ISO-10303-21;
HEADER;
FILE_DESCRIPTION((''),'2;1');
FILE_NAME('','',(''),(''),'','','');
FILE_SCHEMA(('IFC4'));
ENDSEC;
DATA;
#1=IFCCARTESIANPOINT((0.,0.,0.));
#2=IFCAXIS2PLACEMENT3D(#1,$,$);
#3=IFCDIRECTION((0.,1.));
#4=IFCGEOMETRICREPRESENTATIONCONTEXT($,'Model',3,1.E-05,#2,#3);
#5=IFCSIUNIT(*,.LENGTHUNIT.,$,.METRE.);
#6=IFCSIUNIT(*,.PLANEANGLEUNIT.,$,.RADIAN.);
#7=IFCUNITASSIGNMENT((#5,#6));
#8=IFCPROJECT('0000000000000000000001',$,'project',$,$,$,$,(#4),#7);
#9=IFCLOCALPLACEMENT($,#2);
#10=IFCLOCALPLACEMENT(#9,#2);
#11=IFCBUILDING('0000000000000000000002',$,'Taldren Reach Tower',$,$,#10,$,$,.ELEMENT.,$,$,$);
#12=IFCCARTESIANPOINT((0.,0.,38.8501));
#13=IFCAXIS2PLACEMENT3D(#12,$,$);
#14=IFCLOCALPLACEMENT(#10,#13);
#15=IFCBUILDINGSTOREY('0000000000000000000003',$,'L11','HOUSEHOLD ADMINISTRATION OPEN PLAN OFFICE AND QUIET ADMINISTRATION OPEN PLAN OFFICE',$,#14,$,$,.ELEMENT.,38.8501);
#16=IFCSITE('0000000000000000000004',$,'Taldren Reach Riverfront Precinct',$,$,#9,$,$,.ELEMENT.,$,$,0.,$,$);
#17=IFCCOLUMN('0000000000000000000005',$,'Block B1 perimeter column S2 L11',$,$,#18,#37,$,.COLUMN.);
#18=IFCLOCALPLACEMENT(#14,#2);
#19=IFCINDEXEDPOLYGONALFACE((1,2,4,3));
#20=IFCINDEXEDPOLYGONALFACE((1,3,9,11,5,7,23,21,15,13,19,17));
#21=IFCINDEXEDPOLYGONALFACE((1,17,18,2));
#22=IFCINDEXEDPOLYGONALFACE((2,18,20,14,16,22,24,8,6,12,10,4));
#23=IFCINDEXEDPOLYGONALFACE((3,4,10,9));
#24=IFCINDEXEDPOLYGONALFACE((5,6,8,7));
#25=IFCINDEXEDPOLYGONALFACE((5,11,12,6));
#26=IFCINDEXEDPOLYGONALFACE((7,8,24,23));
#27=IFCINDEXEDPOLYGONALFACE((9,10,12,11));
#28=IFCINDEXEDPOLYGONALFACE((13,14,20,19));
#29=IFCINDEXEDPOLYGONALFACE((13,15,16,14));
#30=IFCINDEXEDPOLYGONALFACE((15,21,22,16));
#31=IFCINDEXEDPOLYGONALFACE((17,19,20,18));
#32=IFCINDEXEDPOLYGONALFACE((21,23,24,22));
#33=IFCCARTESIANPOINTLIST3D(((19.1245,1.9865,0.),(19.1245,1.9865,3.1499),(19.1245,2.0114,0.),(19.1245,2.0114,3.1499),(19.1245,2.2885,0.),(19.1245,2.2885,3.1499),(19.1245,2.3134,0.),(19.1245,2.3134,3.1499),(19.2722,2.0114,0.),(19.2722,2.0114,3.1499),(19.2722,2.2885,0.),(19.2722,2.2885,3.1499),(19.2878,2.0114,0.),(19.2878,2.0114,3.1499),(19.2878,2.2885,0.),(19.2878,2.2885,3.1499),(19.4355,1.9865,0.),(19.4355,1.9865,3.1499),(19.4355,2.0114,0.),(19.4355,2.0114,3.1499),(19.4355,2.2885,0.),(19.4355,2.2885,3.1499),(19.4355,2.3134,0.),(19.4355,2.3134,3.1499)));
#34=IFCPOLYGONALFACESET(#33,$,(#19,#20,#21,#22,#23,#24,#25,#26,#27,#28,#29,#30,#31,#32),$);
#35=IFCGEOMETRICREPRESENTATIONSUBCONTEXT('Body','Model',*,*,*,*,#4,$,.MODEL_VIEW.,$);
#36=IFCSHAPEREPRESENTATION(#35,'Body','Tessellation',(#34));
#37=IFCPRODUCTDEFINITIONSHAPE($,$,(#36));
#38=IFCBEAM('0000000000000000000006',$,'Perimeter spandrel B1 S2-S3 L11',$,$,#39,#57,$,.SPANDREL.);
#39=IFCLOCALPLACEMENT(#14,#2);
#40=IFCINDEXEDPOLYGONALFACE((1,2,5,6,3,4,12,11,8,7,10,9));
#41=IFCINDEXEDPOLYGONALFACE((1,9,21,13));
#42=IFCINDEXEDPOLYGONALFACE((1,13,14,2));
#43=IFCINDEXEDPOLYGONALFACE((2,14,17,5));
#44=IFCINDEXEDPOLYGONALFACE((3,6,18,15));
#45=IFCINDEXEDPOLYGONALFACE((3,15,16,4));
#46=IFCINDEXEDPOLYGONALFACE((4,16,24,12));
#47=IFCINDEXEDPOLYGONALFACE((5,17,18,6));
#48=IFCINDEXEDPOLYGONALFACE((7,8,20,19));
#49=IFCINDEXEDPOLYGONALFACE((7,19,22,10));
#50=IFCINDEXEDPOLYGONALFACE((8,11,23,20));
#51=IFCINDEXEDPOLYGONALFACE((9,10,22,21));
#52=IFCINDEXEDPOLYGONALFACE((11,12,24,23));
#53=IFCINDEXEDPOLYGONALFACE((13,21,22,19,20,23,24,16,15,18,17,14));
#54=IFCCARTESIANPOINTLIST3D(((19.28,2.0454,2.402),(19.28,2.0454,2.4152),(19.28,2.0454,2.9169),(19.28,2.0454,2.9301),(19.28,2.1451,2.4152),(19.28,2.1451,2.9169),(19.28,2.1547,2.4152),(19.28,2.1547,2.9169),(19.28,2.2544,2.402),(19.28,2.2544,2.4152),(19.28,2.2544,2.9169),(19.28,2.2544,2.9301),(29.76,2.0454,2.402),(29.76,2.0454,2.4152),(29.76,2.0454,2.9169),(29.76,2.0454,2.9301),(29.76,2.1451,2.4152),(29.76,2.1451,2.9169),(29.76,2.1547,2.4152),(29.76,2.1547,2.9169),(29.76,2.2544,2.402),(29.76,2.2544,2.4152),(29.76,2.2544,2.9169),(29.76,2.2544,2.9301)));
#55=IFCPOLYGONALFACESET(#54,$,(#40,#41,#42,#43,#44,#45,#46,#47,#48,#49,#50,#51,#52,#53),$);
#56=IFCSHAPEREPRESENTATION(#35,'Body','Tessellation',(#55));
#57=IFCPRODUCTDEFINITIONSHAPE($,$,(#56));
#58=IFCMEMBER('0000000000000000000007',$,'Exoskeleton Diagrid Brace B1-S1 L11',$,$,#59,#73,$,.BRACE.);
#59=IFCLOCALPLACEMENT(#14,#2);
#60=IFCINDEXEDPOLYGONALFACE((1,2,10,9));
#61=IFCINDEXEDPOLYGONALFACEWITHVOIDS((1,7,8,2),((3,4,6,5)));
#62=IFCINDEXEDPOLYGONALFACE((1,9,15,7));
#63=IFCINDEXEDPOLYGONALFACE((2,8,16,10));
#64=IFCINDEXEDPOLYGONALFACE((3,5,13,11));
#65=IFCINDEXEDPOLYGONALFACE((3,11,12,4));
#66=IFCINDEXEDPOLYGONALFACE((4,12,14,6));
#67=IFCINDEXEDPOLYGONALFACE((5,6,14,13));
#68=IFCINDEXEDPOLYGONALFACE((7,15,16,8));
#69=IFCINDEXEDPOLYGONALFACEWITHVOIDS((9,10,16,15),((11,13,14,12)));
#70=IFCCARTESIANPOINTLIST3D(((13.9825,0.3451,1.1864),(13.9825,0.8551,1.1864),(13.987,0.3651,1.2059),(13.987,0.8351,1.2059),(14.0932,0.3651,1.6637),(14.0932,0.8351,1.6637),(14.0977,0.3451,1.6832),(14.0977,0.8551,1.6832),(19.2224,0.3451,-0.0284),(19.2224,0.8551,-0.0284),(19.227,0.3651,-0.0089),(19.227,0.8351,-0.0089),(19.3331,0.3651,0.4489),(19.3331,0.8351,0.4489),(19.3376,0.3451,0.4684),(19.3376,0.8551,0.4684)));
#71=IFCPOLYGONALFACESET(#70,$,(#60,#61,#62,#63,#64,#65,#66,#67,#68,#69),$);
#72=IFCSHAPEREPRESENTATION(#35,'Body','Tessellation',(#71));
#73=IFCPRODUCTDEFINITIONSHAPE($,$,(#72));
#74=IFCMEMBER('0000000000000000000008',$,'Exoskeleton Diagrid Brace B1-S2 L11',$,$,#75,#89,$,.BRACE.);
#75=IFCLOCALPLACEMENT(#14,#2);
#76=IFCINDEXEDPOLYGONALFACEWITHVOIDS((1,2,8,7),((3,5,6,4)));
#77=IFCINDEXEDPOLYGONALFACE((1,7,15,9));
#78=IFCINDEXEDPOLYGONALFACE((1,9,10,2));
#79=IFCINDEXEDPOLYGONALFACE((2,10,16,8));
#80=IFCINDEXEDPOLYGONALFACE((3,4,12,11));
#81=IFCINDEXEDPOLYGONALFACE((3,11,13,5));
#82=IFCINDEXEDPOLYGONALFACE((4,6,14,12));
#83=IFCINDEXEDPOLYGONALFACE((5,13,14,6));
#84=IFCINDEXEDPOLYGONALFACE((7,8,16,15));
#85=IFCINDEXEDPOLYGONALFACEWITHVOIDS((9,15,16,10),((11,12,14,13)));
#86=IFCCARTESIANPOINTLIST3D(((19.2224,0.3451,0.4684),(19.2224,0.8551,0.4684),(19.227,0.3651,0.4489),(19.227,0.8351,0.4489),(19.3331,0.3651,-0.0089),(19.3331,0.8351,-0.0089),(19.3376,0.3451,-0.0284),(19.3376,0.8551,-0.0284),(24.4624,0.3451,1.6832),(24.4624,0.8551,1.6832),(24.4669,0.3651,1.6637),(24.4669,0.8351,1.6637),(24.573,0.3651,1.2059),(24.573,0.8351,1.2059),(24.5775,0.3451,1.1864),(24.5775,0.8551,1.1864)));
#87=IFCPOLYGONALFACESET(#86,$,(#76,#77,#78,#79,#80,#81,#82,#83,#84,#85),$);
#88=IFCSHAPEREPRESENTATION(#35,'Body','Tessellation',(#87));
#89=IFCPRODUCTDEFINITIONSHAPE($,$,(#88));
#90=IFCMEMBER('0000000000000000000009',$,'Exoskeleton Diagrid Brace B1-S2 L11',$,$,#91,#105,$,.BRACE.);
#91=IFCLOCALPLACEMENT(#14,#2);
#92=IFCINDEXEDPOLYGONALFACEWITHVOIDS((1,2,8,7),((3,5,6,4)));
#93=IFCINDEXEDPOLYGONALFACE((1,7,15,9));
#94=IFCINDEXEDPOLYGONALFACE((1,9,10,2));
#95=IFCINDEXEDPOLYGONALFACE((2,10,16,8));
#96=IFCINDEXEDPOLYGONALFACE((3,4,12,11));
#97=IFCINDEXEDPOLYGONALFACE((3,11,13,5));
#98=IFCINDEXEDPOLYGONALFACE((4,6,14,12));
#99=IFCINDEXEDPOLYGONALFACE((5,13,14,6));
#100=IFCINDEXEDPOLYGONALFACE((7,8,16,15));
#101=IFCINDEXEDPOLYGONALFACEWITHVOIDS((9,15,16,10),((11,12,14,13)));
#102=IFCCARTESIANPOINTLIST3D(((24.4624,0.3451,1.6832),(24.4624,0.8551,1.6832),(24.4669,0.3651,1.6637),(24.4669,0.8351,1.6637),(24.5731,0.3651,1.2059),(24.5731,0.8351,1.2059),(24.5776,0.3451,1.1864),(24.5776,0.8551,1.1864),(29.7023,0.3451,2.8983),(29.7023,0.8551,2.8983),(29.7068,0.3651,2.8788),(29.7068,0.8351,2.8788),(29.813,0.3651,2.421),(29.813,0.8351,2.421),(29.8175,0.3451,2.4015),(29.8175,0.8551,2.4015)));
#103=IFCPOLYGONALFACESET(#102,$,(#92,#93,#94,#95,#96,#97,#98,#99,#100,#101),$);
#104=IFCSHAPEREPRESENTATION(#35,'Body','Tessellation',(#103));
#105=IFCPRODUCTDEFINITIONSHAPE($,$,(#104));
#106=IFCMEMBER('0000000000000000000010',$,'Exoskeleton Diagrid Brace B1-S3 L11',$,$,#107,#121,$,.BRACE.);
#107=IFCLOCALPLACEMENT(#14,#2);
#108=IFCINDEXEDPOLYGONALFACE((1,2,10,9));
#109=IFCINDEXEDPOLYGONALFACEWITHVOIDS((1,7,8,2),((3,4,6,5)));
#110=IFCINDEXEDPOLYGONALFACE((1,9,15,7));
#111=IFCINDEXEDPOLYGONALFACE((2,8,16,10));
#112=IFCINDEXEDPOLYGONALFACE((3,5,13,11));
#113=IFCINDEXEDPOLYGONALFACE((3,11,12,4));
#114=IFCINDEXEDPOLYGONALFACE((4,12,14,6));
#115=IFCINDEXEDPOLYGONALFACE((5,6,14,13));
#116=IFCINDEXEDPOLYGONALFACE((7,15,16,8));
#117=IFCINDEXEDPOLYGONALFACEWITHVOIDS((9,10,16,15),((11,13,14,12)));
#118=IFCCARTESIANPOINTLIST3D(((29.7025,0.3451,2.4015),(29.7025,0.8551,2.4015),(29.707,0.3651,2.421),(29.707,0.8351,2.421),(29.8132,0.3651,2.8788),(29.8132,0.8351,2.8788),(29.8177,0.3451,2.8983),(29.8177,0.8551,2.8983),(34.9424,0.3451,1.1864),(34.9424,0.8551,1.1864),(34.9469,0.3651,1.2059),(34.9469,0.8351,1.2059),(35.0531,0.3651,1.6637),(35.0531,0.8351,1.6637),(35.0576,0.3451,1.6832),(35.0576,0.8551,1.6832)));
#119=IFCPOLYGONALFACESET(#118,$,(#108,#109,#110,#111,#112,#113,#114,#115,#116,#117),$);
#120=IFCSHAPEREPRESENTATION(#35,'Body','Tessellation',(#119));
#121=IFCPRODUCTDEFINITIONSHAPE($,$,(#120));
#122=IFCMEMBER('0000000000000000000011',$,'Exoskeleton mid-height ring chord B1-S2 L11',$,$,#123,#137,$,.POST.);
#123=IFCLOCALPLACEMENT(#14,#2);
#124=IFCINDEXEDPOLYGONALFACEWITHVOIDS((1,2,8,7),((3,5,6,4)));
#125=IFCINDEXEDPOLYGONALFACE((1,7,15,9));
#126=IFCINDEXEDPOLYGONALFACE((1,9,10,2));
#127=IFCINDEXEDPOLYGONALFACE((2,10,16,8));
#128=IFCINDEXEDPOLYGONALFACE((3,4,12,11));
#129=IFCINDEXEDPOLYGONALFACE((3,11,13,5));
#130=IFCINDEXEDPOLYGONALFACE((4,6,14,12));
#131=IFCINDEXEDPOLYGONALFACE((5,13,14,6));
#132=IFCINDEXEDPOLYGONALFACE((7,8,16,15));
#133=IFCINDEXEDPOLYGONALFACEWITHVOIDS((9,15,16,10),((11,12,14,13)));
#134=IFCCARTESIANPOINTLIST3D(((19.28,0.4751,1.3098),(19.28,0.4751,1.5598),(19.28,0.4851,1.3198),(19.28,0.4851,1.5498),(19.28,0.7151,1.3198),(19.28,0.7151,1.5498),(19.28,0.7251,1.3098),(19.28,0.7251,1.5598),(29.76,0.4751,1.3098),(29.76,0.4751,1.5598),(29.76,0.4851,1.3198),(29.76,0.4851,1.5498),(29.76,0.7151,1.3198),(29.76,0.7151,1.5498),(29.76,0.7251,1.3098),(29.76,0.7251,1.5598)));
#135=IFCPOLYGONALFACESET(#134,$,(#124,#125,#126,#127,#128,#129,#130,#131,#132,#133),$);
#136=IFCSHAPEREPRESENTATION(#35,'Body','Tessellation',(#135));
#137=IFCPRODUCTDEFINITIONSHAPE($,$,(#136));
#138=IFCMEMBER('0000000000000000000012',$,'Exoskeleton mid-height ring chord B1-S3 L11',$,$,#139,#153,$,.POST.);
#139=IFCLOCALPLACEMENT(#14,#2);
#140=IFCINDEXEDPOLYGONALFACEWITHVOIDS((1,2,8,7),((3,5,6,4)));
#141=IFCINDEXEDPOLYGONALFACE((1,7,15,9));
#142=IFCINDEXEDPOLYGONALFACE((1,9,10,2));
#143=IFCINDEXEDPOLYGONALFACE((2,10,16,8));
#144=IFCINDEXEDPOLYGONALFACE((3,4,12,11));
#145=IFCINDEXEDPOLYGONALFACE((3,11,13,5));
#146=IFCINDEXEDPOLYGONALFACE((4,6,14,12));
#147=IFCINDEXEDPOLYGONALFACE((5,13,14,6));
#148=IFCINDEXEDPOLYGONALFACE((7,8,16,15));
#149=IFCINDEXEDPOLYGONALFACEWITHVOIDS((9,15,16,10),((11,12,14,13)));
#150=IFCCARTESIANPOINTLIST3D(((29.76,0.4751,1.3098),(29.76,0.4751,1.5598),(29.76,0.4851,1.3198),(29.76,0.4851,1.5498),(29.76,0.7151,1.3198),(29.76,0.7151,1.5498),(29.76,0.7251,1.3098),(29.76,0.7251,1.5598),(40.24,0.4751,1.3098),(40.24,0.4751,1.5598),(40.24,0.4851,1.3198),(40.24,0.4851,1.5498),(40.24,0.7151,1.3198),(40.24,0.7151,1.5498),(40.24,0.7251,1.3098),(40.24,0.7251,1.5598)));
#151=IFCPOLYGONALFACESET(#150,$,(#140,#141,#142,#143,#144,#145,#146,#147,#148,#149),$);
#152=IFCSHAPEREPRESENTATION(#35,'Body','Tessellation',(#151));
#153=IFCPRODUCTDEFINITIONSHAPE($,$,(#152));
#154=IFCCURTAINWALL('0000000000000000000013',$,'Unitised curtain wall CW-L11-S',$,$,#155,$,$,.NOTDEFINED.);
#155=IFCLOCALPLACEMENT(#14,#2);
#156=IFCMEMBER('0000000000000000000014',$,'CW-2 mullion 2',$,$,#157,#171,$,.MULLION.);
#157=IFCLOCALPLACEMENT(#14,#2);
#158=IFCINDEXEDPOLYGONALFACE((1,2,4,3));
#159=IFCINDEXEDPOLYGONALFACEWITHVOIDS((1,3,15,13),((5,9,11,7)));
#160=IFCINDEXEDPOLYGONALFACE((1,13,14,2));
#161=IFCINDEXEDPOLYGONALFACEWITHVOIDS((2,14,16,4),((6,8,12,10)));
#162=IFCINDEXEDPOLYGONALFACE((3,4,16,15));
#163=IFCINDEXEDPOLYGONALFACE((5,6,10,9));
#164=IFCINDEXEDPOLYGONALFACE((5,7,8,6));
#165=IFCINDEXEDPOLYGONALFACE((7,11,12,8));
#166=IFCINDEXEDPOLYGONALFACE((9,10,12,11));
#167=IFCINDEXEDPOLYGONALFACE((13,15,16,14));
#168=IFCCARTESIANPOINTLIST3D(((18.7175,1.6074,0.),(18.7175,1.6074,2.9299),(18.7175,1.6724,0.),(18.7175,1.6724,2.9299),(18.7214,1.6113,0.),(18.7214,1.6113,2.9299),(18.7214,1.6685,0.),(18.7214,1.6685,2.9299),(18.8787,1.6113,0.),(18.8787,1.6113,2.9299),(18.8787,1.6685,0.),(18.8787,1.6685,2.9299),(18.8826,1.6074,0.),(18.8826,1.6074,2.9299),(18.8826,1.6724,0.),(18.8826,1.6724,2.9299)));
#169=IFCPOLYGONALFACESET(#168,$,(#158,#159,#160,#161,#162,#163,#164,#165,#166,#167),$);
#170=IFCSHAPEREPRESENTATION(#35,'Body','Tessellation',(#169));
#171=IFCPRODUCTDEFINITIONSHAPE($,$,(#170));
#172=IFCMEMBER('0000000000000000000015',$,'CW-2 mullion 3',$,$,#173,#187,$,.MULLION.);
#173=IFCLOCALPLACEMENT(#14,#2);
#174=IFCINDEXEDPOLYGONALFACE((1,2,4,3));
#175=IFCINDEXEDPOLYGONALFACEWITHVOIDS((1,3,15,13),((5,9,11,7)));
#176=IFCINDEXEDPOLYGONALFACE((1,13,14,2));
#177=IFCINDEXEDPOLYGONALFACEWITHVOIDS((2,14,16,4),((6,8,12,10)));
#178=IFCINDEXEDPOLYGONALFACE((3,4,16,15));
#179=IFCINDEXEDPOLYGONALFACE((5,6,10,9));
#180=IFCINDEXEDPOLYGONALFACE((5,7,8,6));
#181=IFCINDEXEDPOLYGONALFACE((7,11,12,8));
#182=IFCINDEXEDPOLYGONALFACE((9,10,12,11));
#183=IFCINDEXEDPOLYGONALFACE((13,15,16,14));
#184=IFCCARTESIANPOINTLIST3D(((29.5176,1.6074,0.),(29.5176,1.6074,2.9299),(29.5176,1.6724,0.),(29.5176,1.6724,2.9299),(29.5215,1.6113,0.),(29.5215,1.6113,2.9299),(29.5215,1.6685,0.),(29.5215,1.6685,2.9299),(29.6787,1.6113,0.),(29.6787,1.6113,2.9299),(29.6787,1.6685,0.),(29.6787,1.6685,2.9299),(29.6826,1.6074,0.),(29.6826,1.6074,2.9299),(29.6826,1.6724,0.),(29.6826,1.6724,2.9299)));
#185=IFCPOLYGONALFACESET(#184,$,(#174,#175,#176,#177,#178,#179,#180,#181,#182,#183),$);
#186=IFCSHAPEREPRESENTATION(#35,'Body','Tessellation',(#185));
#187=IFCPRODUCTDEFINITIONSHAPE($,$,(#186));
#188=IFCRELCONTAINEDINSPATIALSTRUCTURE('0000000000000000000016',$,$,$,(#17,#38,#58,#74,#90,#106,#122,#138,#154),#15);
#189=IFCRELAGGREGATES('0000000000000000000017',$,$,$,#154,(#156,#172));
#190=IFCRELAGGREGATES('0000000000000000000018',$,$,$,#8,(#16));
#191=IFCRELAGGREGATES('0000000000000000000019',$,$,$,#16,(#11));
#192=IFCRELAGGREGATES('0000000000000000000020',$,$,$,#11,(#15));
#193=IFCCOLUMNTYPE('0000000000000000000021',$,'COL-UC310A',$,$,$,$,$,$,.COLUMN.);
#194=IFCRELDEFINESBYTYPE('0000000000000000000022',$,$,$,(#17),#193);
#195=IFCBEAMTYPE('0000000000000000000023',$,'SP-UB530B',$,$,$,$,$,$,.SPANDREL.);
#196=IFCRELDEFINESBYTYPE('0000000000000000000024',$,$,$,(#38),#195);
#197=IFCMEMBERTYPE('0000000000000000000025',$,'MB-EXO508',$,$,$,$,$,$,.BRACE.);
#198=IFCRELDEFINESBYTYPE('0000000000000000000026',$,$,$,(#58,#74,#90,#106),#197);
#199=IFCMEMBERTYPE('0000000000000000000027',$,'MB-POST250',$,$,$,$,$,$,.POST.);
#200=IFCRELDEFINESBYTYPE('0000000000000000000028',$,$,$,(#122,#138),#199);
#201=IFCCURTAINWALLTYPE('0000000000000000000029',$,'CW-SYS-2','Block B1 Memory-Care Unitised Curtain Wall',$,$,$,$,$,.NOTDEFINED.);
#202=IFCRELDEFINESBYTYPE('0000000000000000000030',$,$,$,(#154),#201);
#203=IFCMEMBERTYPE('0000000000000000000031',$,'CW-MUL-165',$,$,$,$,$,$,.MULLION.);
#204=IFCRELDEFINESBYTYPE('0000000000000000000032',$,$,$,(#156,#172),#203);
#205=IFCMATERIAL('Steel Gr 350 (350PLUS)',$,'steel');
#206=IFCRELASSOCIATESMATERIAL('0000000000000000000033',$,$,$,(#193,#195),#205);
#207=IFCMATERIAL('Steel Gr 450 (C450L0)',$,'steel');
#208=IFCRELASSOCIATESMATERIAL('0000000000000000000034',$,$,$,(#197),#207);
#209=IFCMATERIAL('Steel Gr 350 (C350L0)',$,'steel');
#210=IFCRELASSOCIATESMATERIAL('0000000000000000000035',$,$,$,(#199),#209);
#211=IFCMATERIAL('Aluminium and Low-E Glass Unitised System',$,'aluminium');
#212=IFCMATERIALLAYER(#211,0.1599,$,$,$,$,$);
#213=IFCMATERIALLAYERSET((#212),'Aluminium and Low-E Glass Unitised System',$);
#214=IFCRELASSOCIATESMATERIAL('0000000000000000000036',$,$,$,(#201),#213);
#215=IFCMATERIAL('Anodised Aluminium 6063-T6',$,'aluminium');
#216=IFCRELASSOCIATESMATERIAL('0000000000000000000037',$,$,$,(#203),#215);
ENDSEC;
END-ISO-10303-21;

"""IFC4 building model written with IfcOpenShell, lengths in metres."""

from ifc_helpers import new_model, si_unit, direction, frame, origin, origin_2d, place, context, subcontext, project, spatial, hollow_rectangle, i_section, extrude, source, transform, mapped, material, layer, layer_set, material_profile, profile_set, type_object, element, aggregate, save


model = new_model("IFC4")

# Units and contexts
model_context = context("Model", 3, precision=1e-05, world=origin(), true_north=direction((0.0, 1.0)))
body_context = subcontext(model_context, "Body", "Model", "MODEL_VIEW")
ifc_project = project(units=[si_unit("LENGTHUNIT", "METRE"), si_unit("PLANEANGLEUNIT", "RADIAN")], contexts=[model_context])

# Site, building, storey
site_placement = place(None, origin())
site = spatial("IfcSite", under=ifc_project, at=site_placement, Name="Taldren Reach Riverfront Precinct", CompositionType="ELEMENT", RefElevation=0.0)
building_placement = place(site_placement, origin())
building = spatial("IfcBuilding", under=site, at=building_placement, Name="Taldren Reach Tower", CompositionType="ELEMENT")
storey_placement = place(building_placement, frame((0.0, 0.0, 38.8501)))
storey = spatial("IfcBuildingStorey", under=building, at=storey_placement, Name="L11", Description="HOUSEHOLD ADMINISTRATION OPEN PLAN OFFICE AND QUIET ADMINISTRATION OPEN PLAN OFFICE", CompositionType="ELEMENT", Elevation=38.8501)

# Column
ifc_material_1 = material(Name="Steel Gr 350 (350PLUS)", Category="steel")
ifc_material_profile_1 = material_profile(ifc_material_1, i_section(OverallWidth=0.311, OverallDepth=0.3269, WebThickness=0.0156, FlangeThickness=0.0249, at=origin_2d()), Name="310UC158")
ifc_profile_set_1 = profile_set([ifc_material_profile_1], Name="Steel Gr 350 (350PLUS)")
column_type = type_object("IfcColumnType", Name="COL-UC310A", PredefinedType="COLUMN", material=ifc_profile_set_1)
shared_shape_1 = source(origin(), body_context, "Body", "SweptSolid", [
    extrude(i_section(OverallWidth=0.311, OverallDepth=0.3269, WebThickness=0.0156, FlangeThickness=0.0249, at=origin_2d()), origin(), (0.0, 0.0, 1.0), 3.1499),
])
column_placement = place(storey_placement, frame((19.28, 2.1499, 0.0), z_axis=(0.0, 0.0, 1.0), x_axis=(1.0, 0.0, 0.0)))
element("IfcColumn", 1, at=column_placement, inside=storey, type_object=column_type, Name="Block B1 perimeter column S2 L11", PredefinedType="COLUMN", context=body_context, shape_type="MappedRepresentation", body=[
    mapped(shared_shape_1, transform((0.0, 0.0, 0.0), scale=1.0)),
])

# Beam
ifc_material_profile_2 = material_profile(ifc_material_1, i_section(OverallWidth=0.209, OverallDepth=0.5281, WebThickness=0.0095, FlangeThickness=0.0132, at=origin_2d()), Name="530UB82.0")
ifc_profile_set_2 = profile_set([ifc_material_profile_2], Name="Steel Gr 350 (350PLUS)")
beam_type = type_object("IfcBeamType", Name="SP-UB530B", PredefinedType="SPANDREL", material=ifc_profile_set_2)
shared_shape_2 = source(origin(), body_context, "Body", "SweptSolid", [
    extrude(i_section(OverallWidth=0.209, OverallDepth=0.5281, WebThickness=0.0095, FlangeThickness=0.0132, at=origin_2d()), origin(), (0.0, 0.0, 1.0), 10.48),
])
beam_placement = place(storey_placement, frame((19.28, 2.1499, 2.666), z_axis=(1.0, 0.0, 0.0), x_axis=(0.0, 1.0, 0.0)))
element("IfcBeam", 2, at=beam_placement, inside=storey, type_object=beam_type, Name="Perimeter spandrel B1 S2-S3 L11", PredefinedType="SPANDREL", context=body_context, shape_type="MappedRepresentation", body=[
    mapped(shared_shape_2, transform((0.0, 0.0, 0.0), scale=1.0)),
])

# Members
ifc_material_2 = material(Name="Steel Gr 450 (C450L0)", Category="steel")
ifc_material_profile_3 = material_profile(ifc_material_2, hollow_rectangle(XDim=0.51, YDim=0.51, WallThickness=0.02, at=origin_2d()), Name="510x510x20.0SHS")
ifc_profile_set_3 = profile_set([ifc_material_profile_3], Name="Steel Gr 450 (C450L0)")
member_type_1 = type_object("IfcMemberType", Name="MB-EXO508", PredefinedType="BRACE", material=ifc_profile_set_3)
shared_shape_3 = source(origin(), body_context, "Body", "SweptSolid", [
    extrude(hollow_rectangle(XDim=0.51, YDim=0.51, WallThickness=0.02, at=origin_2d()), origin(), (0.0, 0.0, 1.0), 5.3789),
])
for number, where, z_axis, x_axis, name in (
    (3, (19.28, 0.6001, 0.22), (-0.974162, 0.0, 0.225851), (0.0, -1.0, 0.0), "Exoskeleton Diagrid Brace B1-S1 L11"),
    (4, (19.28, 0.6001, 0.22), (0.974162, 0.0, 0.225851), (0.0, 1.0, 0.0), "Exoskeleton Diagrid Brace B1-S2 L11"),
    (5, (24.52, 0.6001, 1.4348), (0.974152, 0.0, 0.225894), (0.0, 1.0, 0.0), "Exoskeleton Diagrid Brace B1-S2 L11"),
    (6, (35.0, 0.6001, 1.4348), (-0.974152, 0.0, 0.225894), (0.0, -1.0, 0.0), "Exoskeleton Diagrid Brace B1-S3 L11"),
):
    element("IfcMember", number, at=place(storey_placement, frame(where, z_axis=z_axis, x_axis=x_axis)), inside=storey, type_object=member_type_1, Name=name, PredefinedType="BRACE", context=body_context, shape_type="MappedRepresentation", body=[
        mapped(shared_shape_3, transform((0.0, 0.0, 0.0), scale=1.0)),
    ])
ifc_material_3 = material(Name="Steel Gr 350 (C350L0)", Category="steel")
ifc_material_profile_4 = material_profile(ifc_material_3, hollow_rectangle(XDim=0.25, YDim=0.25, WallThickness=0.01, at=origin_2d()), Name="250x250x10.0SHS")
ifc_profile_set_4 = profile_set([ifc_material_profile_4], Name="Steel Gr 350 (C350L0)")
member_type_2 = type_object("IfcMemberType", Name="MB-POST250", PredefinedType="POST", material=ifc_profile_set_4)
shared_shape_4 = source(origin(), body_context, "Body", "SweptSolid", [
    extrude(hollow_rectangle(XDim=0.25, YDim=0.25, WallThickness=0.01, at=origin_2d()), origin(), (0.0, 0.0, 1.0), 10.48),
])
for number, where, z_axis, x_axis, name in (
    (7, (19.28, 0.6001, 1.4348), (1.0, 0.0, 0.0), (0.0, 1.0, 0.0), "Exoskeleton mid-height ring chord B1-S2 L11"),
    (8, (29.76, 0.6001, 1.4348), (1.0, 0.0, 0.0), (0.0, 1.0, 0.0), "Exoskeleton mid-height ring chord B1-S3 L11"),
):
    element("IfcMember", number, at=place(storey_placement, frame(where, z_axis=z_axis, x_axis=x_axis)), inside=storey, type_object=member_type_2, Name=name, PredefinedType="POST", context=body_context, shape_type="MappedRepresentation", body=[
        mapped(shared_shape_4, transform((0.0, 0.0, 0.0), scale=1.0)),
    ])

# Curtain wall, members
ifc_material_4 = material(Name="Aluminium and Low-E Glass Unitised System", Category="aluminium")
ifc_layer_1 = layer(ifc_material_4, 0.1599)
ifc_layer_set_1 = layer_set([ifc_layer_1], Name="Aluminium and Low-E Glass Unitised System")
curtain_wall_type = type_object("IfcCurtainWallType", Name="CW-SYS-2", Description="Block B1 Memory-Care Unitised Curtain Wall", PredefinedType="NOTDEFINED", material=ifc_layer_set_1)
curtain_wall_placement = place(storey_placement, origin())
curtain_wall = element("IfcCurtainWall", 9, at=curtain_wall_placement, inside=storey, type_object=curtain_wall_type, Name="Unitised curtain wall CW-L11-S", PredefinedType="NOTDEFINED")
ifc_material_5 = material(Name="Anodised Aluminium 6063-T6", Category="aluminium")
ifc_material_profile_5 = material_profile(ifc_material_5, hollow_rectangle(XDim=0.0649, YDim=0.165, WallThickness=0.0039, at=origin_2d()), Name="ALU-165x65x4RHS")
ifc_profile_set_5 = profile_set([ifc_material_profile_5], Name="Anodised Aluminium 6063-T6")
member_type_3 = type_object("IfcMemberType", Name="CW-MUL-165", PredefinedType="MULLION", material=ifc_profile_set_5)
shared_shape_5 = source(origin(), body_context, "Body", "SweptSolid", [
    extrude(hollow_rectangle(XDim=0.0649, YDim=0.165, WallThickness=0.0039, at=origin_2d()), origin(), (0.0, 0.0, 1.0), 2.9299),
])
member_1_placement = place(storey_placement, frame((18.8, 1.6399, 0.0), z_axis=(0.0, 0.0, 1.0), x_axis=(0.0, 1.0, 0.0)))
member_1 = element("IfcMember", 10, at=member_1_placement, type_object=member_type_3, Name="CW-2 mullion 2", PredefinedType="MULLION", context=body_context, shape_type="MappedRepresentation", body=[
    mapped(shared_shape_5, transform((0.0, 0.0, 0.0), scale=1.0)),
])
member_2_placement = place(storey_placement, frame((29.6001, 1.6399, 0.0), z_axis=(0.0, 0.0, 1.0), x_axis=(0.0, 1.0, 0.0)))
member_2 = element("IfcMember", 11, at=member_2_placement, type_object=member_type_3, Name="CW-2 mullion 3", PredefinedType="MULLION", context=body_context, shape_type="MappedRepresentation", body=[
    mapped(shared_shape_5, transform((0.0, 0.0, 0.0), scale=1.0)),
])

aggregate(curtain_wall, [member_1, member_2])

save(model, "model.ifc")
